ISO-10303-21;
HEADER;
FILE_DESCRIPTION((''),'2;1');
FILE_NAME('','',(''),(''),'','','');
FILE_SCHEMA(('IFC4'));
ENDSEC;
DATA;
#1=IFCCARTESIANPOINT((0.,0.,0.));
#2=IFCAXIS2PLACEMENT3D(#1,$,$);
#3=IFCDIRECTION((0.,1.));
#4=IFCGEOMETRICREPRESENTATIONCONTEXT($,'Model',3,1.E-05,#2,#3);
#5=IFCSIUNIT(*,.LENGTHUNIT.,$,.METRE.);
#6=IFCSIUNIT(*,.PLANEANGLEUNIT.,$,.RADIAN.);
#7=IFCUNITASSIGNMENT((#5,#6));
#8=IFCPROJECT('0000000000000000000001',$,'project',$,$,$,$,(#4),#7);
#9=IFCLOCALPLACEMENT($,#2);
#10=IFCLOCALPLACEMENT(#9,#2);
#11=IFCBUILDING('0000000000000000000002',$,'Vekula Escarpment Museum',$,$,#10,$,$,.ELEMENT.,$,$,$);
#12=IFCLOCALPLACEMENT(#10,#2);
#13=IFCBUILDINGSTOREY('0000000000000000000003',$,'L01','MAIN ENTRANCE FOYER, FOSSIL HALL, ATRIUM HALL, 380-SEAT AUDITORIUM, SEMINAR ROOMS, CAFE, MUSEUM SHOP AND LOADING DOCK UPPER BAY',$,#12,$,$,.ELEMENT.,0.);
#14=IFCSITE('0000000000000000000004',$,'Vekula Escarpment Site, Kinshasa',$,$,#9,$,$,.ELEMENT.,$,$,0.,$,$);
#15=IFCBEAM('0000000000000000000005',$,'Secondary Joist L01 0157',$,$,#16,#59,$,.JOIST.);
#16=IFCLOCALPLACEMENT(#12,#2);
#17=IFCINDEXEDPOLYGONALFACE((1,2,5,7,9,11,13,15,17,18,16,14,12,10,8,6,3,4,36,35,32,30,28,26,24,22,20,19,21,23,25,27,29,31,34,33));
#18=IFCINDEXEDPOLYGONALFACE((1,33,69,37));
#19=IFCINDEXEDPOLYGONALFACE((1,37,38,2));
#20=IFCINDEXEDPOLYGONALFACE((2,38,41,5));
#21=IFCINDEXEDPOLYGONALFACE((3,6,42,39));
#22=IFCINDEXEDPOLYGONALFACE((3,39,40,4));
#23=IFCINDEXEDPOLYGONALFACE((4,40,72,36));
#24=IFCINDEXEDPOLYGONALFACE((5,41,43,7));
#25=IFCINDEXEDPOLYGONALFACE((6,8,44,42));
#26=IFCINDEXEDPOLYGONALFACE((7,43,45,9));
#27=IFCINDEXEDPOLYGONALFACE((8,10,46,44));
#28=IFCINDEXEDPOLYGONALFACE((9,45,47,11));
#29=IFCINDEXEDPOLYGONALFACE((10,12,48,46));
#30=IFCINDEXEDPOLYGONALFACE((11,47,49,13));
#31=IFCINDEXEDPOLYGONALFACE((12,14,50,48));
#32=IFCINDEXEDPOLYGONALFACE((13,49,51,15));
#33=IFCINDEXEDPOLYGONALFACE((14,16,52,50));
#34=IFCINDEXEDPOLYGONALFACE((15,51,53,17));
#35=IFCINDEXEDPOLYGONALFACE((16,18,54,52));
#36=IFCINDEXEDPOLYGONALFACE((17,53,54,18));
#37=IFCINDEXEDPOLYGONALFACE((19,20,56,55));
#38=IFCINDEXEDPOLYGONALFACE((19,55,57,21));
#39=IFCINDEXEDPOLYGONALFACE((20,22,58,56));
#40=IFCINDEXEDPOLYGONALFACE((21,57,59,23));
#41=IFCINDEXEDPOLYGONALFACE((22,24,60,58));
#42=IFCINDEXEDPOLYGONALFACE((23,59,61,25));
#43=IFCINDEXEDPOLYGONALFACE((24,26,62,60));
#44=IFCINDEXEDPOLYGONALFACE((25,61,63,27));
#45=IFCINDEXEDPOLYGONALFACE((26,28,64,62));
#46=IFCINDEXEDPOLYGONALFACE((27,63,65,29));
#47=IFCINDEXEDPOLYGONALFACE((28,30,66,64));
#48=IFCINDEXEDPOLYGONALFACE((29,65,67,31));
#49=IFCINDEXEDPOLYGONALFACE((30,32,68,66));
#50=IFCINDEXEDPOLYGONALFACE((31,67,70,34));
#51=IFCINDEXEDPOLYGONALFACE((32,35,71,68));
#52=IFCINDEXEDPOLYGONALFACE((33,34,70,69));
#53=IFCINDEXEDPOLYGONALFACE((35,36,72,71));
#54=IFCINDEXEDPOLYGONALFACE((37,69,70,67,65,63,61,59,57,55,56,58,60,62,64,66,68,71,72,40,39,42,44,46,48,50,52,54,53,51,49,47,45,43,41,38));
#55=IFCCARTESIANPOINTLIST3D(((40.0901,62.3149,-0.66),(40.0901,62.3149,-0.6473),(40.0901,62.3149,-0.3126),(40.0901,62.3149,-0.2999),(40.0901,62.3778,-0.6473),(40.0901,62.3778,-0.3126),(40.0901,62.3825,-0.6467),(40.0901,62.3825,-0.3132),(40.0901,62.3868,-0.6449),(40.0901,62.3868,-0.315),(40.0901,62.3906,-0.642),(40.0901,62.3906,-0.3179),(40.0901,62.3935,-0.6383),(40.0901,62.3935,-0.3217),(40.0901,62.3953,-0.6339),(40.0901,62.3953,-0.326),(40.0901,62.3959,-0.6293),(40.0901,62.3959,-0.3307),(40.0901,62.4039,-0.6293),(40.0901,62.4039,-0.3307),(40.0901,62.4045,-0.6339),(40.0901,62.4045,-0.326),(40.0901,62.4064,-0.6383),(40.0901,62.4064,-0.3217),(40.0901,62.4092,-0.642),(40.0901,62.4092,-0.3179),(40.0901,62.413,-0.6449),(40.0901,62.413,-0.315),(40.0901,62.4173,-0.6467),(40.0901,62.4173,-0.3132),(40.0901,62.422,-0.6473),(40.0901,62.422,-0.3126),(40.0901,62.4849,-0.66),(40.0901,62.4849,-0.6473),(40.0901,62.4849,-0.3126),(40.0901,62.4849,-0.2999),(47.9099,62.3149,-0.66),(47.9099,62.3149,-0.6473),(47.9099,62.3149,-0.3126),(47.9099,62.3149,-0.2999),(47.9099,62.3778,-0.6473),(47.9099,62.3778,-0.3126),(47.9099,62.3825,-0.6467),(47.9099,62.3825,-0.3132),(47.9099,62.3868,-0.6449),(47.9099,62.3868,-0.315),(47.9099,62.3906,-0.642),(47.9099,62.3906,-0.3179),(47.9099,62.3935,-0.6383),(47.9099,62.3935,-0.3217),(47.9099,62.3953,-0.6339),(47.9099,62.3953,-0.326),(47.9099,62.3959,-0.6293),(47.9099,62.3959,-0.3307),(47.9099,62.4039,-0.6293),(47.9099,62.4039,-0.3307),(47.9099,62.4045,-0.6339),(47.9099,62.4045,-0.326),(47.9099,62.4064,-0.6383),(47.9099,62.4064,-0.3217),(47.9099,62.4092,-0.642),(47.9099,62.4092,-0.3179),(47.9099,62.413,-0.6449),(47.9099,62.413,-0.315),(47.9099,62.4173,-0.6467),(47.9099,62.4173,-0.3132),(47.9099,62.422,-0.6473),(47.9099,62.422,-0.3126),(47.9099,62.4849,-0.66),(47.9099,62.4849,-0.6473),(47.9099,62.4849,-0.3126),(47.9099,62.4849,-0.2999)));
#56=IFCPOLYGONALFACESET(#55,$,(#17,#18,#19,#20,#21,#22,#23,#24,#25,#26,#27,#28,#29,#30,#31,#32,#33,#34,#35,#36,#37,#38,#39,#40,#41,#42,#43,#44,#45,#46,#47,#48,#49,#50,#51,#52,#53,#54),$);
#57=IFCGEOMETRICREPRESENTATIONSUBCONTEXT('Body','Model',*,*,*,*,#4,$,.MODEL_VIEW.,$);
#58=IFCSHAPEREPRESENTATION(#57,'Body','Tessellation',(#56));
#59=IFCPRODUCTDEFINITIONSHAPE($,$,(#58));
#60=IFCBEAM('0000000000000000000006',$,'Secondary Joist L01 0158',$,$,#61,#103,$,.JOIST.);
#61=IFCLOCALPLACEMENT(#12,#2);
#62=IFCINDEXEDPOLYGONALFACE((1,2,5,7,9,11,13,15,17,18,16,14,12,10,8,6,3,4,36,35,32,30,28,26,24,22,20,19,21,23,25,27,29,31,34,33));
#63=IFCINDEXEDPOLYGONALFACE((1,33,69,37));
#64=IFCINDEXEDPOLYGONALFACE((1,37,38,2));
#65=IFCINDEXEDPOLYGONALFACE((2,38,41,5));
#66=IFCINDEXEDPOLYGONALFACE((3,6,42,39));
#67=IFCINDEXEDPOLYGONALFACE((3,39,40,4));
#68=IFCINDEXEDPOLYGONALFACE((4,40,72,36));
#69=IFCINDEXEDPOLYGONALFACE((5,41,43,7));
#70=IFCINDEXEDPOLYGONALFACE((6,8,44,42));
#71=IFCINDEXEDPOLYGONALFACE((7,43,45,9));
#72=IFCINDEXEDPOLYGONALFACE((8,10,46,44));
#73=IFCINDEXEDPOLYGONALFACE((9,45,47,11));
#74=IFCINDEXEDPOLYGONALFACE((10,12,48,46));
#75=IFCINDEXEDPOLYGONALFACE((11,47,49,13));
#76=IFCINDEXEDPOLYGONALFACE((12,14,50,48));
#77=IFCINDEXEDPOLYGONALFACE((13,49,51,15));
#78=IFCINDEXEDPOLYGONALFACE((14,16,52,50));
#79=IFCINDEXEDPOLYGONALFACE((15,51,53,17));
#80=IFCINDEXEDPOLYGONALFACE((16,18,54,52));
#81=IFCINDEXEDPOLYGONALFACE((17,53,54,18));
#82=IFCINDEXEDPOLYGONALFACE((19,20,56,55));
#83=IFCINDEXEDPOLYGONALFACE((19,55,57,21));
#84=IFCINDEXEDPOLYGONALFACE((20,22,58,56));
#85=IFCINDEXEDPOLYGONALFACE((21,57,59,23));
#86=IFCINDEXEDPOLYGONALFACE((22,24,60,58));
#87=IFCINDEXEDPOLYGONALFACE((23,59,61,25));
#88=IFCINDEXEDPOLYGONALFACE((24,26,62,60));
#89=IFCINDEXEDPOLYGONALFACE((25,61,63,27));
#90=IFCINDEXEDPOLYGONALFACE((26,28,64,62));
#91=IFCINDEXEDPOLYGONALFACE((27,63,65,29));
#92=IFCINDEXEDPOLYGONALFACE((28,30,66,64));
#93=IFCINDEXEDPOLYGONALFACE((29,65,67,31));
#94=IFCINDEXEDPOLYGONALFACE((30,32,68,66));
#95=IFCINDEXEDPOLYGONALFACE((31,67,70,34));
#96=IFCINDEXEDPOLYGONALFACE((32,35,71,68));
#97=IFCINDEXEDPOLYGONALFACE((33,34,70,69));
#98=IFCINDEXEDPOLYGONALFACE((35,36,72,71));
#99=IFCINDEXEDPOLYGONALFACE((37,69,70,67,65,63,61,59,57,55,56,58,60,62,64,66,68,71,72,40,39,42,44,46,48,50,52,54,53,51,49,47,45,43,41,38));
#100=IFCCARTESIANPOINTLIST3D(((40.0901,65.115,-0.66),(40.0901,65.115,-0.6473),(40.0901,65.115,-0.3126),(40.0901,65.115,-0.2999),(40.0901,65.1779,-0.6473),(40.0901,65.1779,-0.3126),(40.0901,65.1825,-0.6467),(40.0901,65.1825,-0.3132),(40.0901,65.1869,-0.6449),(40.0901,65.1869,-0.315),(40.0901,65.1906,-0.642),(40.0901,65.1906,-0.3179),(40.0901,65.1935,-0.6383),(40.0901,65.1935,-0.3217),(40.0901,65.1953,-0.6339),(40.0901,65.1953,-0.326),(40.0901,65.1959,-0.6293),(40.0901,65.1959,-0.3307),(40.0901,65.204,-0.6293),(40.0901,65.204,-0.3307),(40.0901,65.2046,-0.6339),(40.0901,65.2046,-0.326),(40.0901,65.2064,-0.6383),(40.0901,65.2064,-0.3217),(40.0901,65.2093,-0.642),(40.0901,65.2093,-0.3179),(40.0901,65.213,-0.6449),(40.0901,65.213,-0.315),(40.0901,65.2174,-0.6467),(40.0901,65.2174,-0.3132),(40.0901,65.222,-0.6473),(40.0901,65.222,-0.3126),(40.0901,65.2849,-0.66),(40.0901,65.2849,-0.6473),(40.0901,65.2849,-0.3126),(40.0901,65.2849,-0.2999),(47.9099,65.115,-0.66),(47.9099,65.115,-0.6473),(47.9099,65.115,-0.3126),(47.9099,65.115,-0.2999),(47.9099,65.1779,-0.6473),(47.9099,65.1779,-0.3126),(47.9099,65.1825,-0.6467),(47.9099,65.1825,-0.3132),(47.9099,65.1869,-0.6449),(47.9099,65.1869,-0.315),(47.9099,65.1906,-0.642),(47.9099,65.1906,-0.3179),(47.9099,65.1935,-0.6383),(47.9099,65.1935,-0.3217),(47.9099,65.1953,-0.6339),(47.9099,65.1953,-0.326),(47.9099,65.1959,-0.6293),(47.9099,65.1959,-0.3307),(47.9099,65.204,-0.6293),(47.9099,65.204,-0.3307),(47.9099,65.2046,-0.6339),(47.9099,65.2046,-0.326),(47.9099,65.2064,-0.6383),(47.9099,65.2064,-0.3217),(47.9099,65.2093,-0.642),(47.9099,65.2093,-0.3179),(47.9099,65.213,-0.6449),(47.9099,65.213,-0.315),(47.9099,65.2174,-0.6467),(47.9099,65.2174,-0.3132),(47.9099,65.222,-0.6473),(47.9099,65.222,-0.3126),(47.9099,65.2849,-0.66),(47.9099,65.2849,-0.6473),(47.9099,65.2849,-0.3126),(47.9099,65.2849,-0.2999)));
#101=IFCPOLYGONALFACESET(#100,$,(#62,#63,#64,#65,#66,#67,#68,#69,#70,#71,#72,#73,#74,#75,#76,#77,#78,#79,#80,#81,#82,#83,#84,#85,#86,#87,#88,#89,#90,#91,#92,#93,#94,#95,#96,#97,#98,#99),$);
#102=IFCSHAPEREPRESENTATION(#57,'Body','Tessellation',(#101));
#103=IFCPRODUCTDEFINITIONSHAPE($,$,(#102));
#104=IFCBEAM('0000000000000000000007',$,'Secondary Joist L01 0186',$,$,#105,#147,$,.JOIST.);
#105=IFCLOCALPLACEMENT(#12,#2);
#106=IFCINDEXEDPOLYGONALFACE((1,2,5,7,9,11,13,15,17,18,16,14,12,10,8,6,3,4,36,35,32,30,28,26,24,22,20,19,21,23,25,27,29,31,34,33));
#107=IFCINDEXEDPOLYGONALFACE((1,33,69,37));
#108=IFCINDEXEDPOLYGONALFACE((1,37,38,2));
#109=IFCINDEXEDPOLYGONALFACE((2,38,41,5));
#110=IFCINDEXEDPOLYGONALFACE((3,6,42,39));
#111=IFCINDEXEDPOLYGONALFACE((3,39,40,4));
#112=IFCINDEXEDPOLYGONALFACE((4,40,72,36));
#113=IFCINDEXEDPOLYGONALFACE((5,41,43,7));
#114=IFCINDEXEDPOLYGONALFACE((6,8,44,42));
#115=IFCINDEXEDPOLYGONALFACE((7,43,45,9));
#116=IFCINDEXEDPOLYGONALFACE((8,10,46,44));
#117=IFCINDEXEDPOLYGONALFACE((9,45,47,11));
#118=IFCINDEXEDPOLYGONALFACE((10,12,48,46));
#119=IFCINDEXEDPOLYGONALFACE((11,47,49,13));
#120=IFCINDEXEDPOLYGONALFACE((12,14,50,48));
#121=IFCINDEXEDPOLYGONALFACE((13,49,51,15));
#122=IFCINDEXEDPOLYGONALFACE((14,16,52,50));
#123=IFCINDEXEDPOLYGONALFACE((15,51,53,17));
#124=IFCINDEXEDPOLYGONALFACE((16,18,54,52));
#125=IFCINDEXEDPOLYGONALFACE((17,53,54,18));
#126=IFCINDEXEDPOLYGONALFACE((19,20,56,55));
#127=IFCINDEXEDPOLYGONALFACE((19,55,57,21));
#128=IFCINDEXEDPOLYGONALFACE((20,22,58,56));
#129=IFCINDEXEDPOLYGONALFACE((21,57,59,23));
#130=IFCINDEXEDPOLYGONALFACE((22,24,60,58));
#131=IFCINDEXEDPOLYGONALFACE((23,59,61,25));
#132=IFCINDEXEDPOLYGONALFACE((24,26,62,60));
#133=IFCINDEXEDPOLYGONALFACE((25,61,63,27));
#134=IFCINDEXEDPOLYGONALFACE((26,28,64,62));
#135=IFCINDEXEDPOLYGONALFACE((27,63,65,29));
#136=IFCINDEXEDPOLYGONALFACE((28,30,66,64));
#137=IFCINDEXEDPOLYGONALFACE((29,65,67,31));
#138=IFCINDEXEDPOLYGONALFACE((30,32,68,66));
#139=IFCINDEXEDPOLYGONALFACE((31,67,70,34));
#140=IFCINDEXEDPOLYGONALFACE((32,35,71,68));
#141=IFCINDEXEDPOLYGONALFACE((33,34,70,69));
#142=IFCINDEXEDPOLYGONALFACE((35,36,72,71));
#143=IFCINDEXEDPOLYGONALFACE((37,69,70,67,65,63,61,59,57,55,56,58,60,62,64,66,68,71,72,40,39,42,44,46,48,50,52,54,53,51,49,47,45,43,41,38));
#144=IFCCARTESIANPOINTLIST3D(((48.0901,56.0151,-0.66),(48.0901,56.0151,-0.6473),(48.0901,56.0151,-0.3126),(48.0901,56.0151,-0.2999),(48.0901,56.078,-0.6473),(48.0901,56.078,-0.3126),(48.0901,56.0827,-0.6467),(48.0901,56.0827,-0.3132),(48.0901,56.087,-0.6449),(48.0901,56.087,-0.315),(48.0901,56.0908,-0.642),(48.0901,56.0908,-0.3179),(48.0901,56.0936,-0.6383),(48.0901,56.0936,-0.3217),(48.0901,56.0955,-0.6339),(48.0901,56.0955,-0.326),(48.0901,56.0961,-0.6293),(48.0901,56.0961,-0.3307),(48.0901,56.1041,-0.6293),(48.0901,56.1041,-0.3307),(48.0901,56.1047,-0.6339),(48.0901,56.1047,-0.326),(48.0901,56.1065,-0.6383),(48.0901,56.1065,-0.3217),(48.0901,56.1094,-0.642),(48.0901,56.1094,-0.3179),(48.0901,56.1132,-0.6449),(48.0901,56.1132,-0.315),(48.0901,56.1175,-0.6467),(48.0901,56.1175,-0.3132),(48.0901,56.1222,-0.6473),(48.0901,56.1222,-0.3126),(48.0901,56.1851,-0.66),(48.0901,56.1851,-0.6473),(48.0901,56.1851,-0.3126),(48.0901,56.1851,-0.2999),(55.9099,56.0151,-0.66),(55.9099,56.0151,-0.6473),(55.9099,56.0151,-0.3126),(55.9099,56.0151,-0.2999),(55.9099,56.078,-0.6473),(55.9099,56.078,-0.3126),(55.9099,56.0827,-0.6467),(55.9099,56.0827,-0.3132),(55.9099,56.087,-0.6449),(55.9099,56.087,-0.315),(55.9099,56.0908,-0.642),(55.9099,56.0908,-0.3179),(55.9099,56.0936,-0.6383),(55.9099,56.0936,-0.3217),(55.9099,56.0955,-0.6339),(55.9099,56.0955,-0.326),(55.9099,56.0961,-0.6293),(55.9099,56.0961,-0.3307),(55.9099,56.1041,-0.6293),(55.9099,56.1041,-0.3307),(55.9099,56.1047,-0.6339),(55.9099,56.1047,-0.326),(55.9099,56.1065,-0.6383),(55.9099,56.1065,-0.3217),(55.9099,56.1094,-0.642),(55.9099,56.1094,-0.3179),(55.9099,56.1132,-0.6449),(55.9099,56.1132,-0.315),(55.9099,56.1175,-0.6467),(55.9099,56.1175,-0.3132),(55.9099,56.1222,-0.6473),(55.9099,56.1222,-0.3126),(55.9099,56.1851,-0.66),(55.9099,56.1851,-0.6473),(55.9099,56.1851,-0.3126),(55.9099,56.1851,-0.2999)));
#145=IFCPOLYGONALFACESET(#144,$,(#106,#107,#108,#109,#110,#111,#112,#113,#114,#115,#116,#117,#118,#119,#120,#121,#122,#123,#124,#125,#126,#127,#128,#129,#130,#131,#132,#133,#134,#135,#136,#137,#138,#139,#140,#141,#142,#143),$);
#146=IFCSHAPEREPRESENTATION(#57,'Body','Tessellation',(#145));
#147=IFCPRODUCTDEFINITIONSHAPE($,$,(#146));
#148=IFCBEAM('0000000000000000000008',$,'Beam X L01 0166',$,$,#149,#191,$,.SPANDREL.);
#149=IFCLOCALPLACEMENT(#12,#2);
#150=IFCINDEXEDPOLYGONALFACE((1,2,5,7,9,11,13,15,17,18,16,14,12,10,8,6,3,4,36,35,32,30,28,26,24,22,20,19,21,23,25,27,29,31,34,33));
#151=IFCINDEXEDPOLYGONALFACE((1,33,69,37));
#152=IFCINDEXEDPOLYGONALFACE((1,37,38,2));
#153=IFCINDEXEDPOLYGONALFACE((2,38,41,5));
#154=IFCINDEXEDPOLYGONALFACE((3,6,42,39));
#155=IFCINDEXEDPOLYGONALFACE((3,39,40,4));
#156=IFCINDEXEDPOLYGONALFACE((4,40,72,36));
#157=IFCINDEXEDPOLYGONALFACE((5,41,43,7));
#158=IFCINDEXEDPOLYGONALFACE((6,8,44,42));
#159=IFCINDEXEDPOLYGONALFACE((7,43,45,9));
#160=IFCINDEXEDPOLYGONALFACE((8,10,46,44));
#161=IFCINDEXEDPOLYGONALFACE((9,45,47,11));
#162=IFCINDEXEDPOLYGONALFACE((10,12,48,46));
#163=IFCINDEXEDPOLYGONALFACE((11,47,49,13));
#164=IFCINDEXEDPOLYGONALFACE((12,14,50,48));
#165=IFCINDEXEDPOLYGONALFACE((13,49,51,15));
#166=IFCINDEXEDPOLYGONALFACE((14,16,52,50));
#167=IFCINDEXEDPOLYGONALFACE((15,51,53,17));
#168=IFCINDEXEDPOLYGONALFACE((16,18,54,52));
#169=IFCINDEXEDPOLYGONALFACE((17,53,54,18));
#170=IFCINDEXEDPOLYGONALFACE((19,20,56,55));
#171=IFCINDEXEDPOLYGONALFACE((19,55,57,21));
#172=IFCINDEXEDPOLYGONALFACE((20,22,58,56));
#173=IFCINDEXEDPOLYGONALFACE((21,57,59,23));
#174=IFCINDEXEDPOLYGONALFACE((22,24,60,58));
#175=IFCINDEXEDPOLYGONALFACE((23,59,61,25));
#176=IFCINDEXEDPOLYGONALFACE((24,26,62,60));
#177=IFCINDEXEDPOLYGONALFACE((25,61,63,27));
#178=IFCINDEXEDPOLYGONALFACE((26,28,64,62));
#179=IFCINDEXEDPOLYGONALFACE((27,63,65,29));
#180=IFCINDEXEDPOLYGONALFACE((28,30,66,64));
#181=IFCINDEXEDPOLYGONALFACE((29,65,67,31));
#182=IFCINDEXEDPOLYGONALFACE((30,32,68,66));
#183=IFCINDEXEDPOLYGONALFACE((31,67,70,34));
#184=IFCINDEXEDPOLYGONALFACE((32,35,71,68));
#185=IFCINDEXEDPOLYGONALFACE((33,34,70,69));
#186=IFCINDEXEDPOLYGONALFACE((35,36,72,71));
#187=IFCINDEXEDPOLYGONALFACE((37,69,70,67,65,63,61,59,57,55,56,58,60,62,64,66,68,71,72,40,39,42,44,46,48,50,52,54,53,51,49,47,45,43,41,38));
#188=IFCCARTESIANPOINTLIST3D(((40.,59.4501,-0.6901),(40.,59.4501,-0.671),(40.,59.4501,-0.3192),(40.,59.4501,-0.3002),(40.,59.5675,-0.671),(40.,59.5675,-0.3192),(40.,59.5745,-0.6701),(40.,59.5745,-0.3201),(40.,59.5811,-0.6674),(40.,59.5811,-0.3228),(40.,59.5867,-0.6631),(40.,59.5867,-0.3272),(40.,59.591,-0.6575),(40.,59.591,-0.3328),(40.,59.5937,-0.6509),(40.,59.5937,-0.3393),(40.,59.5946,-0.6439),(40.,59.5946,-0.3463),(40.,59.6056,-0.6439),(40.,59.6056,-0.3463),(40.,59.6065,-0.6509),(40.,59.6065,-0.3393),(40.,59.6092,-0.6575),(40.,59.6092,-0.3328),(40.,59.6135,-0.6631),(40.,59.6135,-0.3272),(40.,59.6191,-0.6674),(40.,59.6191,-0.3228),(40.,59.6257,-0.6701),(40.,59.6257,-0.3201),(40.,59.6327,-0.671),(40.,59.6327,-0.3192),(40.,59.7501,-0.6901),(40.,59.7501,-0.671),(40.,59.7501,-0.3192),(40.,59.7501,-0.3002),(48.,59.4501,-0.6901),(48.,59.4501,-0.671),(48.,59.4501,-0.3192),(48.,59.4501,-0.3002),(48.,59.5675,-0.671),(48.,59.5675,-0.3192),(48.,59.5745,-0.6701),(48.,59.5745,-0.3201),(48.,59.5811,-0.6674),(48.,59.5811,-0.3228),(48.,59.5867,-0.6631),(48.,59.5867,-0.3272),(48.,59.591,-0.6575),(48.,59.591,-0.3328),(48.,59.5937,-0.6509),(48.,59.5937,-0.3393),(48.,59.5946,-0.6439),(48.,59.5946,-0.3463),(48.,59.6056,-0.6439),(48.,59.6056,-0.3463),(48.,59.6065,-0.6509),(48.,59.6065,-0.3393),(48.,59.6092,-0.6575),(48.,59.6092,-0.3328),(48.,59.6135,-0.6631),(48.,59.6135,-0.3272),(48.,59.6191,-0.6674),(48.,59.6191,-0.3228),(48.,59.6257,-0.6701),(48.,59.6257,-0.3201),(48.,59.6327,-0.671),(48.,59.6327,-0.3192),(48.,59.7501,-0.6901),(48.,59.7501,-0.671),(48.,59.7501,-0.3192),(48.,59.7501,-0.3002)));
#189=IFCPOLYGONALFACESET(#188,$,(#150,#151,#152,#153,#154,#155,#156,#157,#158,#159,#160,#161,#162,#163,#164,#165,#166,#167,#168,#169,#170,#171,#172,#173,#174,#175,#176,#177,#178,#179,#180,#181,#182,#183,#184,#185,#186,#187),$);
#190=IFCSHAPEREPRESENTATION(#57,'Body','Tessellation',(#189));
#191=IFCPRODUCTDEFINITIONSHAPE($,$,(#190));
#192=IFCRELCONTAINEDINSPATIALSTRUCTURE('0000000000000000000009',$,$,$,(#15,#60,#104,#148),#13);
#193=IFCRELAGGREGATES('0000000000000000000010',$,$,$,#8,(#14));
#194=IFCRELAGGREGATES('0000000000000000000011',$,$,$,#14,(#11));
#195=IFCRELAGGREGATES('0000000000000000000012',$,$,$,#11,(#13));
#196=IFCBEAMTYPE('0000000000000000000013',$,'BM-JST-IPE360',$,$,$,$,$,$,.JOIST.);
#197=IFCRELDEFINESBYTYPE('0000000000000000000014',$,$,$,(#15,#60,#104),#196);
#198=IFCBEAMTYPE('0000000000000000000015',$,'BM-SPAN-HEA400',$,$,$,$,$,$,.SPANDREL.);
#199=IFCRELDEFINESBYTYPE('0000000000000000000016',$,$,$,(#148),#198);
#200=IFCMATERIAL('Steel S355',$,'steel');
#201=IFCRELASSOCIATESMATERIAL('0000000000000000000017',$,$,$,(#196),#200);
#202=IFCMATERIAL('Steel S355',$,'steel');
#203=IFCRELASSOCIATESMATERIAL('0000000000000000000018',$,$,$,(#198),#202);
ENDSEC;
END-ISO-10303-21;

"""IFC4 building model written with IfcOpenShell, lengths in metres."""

from ifc_helpers import new_model, si_unit, direction, frame, origin, origin_2d, place, context, subcontext, project, spatial, i_section, extrude, material, material_profile, profile_set, type_object, element, save


model = new_model("IFC4")

# Units and contexts
model_context = context("Model", 3, precision=1e-05, world=origin(), true_north=direction((0.0, 1.0)))
body_context = subcontext(model_context, "Body", "Model", "MODEL_VIEW")
ifc_project = project(units=[si_unit("LENGTHUNIT", "METRE"), si_unit("PLANEANGLEUNIT", "RADIAN")], contexts=[model_context])

# Site, building, storey
site_placement = place(None, origin())
site = spatial("IfcSite", under=ifc_project, at=site_placement, Name="Vekula Escarpment Site, Kinshasa", CompositionType="ELEMENT", RefElevation=0.0)
building_placement = place(site_placement, origin())
building = spatial("IfcBuilding", under=site, at=building_placement, Name="Vekula Escarpment Museum", CompositionType="ELEMENT")
storey_placement = place(building_placement, origin())
storey = spatial("IfcBuildingStorey", under=building, at=storey_placement, Name="L01", Description="MAIN ENTRANCE FOYER, FOSSIL HALL, ATRIUM HALL, 380-SEAT AUDITORIUM, SEMINAR ROOMS, CAFE, MUSEUM SHOP AND LOADING DOCK UPPER BAY", CompositionType="ELEMENT", Elevation=0.0)

# Beams
ifc_material_1 = material(Name="Steel S355", Category="steel")
ifc_material_profile_1 = material_profile(ifc_material_1, i_section(OverallWidth=0.1699, OverallDepth=0.3601, WebThickness=0.0081, FlangeThickness=0.0127, FilletRadius=0.0181, at=origin_2d()), Name="IPE 360")
ifc_profile_set_1 = profile_set([ifc_material_profile_1], Name="Steel S355")
beam_type_1 = type_object("IfcBeamType", Name="BM-JST-IPE360", PredefinedType="JOIST", material=ifc_profile_set_1)
for number, where, z_axis, x_axis, name in (
    (1, (40.0901, 62.3999, -0.48), (1.0, 0.0, 0.0), (0.0, 1.0, 0.0), "Secondary Joist L01 0157"),
    (2, (40.0901, 65.2, -0.48), (1.0, 0.0, 0.0), (0.0, 1.0, 0.0), "Secondary Joist L01 0158"),
    (3, (48.0901, 56.1001, -0.48), (1.0, 0.0, 0.0), (0.0, 1.0, 0.0), "Secondary Joist L01 0186"),
):
    element("IfcBeam", number, at=place(storey_placement, frame(where, z_axis=z_axis, x_axis=x_axis)), inside=storey, type_object=beam_type_1, Name=name, PredefinedType="JOIST", context=body_context, shape_type="SweptSolid", body=[
        extrude(i_section(OverallWidth=0.1699, OverallDepth=0.3601, WebThickness=0.0081, FlangeThickness=0.0127, FilletRadius=0.0181, at=origin_2d()), origin(), (0.0, 0.0, 1.0), 7.8198),
    ])
ifc_material_2 = material(Name="Steel S355", Category="steel")
ifc_material_profile_2 = material_profile(ifc_material_2, i_section(OverallWidth=0.3, OverallDepth=0.3899, WebThickness=0.011, FlangeThickness=0.019, FilletRadius=0.0271, at=origin_2d()), Name="HEA 400")
ifc_profile_set_2 = profile_set([ifc_material_profile_2], Name="Steel S355")
beam_type_2 = type_object("IfcBeamType", Name="BM-SPAN-HEA400", PredefinedType="SPANDREL", material=ifc_profile_set_2)
for number, where, z_axis, x_axis, name in (
    (4, (40.0, 59.6001, -0.4951), (1.0, 0.0, 0.0), (0.0, 1.0, 0.0), "Beam X L01 0166"),
):
    element("IfcBeam", number, at=place(storey_placement, frame(where, z_axis=z_axis, x_axis=x_axis)), inside=storey, type_object=beam_type_2, Name=name, PredefinedType="SPANDREL", context=body_context, shape_type="SweptSolid", body=[
        extrude(i_section(OverallWidth=0.3, OverallDepth=0.3899, WebThickness=0.011, FlangeThickness=0.019, FilletRadius=0.0271, at=origin_2d()), origin(), (0.0, 0.0, 1.0), 8.0),
    ])

save(model, "model.ifc")
